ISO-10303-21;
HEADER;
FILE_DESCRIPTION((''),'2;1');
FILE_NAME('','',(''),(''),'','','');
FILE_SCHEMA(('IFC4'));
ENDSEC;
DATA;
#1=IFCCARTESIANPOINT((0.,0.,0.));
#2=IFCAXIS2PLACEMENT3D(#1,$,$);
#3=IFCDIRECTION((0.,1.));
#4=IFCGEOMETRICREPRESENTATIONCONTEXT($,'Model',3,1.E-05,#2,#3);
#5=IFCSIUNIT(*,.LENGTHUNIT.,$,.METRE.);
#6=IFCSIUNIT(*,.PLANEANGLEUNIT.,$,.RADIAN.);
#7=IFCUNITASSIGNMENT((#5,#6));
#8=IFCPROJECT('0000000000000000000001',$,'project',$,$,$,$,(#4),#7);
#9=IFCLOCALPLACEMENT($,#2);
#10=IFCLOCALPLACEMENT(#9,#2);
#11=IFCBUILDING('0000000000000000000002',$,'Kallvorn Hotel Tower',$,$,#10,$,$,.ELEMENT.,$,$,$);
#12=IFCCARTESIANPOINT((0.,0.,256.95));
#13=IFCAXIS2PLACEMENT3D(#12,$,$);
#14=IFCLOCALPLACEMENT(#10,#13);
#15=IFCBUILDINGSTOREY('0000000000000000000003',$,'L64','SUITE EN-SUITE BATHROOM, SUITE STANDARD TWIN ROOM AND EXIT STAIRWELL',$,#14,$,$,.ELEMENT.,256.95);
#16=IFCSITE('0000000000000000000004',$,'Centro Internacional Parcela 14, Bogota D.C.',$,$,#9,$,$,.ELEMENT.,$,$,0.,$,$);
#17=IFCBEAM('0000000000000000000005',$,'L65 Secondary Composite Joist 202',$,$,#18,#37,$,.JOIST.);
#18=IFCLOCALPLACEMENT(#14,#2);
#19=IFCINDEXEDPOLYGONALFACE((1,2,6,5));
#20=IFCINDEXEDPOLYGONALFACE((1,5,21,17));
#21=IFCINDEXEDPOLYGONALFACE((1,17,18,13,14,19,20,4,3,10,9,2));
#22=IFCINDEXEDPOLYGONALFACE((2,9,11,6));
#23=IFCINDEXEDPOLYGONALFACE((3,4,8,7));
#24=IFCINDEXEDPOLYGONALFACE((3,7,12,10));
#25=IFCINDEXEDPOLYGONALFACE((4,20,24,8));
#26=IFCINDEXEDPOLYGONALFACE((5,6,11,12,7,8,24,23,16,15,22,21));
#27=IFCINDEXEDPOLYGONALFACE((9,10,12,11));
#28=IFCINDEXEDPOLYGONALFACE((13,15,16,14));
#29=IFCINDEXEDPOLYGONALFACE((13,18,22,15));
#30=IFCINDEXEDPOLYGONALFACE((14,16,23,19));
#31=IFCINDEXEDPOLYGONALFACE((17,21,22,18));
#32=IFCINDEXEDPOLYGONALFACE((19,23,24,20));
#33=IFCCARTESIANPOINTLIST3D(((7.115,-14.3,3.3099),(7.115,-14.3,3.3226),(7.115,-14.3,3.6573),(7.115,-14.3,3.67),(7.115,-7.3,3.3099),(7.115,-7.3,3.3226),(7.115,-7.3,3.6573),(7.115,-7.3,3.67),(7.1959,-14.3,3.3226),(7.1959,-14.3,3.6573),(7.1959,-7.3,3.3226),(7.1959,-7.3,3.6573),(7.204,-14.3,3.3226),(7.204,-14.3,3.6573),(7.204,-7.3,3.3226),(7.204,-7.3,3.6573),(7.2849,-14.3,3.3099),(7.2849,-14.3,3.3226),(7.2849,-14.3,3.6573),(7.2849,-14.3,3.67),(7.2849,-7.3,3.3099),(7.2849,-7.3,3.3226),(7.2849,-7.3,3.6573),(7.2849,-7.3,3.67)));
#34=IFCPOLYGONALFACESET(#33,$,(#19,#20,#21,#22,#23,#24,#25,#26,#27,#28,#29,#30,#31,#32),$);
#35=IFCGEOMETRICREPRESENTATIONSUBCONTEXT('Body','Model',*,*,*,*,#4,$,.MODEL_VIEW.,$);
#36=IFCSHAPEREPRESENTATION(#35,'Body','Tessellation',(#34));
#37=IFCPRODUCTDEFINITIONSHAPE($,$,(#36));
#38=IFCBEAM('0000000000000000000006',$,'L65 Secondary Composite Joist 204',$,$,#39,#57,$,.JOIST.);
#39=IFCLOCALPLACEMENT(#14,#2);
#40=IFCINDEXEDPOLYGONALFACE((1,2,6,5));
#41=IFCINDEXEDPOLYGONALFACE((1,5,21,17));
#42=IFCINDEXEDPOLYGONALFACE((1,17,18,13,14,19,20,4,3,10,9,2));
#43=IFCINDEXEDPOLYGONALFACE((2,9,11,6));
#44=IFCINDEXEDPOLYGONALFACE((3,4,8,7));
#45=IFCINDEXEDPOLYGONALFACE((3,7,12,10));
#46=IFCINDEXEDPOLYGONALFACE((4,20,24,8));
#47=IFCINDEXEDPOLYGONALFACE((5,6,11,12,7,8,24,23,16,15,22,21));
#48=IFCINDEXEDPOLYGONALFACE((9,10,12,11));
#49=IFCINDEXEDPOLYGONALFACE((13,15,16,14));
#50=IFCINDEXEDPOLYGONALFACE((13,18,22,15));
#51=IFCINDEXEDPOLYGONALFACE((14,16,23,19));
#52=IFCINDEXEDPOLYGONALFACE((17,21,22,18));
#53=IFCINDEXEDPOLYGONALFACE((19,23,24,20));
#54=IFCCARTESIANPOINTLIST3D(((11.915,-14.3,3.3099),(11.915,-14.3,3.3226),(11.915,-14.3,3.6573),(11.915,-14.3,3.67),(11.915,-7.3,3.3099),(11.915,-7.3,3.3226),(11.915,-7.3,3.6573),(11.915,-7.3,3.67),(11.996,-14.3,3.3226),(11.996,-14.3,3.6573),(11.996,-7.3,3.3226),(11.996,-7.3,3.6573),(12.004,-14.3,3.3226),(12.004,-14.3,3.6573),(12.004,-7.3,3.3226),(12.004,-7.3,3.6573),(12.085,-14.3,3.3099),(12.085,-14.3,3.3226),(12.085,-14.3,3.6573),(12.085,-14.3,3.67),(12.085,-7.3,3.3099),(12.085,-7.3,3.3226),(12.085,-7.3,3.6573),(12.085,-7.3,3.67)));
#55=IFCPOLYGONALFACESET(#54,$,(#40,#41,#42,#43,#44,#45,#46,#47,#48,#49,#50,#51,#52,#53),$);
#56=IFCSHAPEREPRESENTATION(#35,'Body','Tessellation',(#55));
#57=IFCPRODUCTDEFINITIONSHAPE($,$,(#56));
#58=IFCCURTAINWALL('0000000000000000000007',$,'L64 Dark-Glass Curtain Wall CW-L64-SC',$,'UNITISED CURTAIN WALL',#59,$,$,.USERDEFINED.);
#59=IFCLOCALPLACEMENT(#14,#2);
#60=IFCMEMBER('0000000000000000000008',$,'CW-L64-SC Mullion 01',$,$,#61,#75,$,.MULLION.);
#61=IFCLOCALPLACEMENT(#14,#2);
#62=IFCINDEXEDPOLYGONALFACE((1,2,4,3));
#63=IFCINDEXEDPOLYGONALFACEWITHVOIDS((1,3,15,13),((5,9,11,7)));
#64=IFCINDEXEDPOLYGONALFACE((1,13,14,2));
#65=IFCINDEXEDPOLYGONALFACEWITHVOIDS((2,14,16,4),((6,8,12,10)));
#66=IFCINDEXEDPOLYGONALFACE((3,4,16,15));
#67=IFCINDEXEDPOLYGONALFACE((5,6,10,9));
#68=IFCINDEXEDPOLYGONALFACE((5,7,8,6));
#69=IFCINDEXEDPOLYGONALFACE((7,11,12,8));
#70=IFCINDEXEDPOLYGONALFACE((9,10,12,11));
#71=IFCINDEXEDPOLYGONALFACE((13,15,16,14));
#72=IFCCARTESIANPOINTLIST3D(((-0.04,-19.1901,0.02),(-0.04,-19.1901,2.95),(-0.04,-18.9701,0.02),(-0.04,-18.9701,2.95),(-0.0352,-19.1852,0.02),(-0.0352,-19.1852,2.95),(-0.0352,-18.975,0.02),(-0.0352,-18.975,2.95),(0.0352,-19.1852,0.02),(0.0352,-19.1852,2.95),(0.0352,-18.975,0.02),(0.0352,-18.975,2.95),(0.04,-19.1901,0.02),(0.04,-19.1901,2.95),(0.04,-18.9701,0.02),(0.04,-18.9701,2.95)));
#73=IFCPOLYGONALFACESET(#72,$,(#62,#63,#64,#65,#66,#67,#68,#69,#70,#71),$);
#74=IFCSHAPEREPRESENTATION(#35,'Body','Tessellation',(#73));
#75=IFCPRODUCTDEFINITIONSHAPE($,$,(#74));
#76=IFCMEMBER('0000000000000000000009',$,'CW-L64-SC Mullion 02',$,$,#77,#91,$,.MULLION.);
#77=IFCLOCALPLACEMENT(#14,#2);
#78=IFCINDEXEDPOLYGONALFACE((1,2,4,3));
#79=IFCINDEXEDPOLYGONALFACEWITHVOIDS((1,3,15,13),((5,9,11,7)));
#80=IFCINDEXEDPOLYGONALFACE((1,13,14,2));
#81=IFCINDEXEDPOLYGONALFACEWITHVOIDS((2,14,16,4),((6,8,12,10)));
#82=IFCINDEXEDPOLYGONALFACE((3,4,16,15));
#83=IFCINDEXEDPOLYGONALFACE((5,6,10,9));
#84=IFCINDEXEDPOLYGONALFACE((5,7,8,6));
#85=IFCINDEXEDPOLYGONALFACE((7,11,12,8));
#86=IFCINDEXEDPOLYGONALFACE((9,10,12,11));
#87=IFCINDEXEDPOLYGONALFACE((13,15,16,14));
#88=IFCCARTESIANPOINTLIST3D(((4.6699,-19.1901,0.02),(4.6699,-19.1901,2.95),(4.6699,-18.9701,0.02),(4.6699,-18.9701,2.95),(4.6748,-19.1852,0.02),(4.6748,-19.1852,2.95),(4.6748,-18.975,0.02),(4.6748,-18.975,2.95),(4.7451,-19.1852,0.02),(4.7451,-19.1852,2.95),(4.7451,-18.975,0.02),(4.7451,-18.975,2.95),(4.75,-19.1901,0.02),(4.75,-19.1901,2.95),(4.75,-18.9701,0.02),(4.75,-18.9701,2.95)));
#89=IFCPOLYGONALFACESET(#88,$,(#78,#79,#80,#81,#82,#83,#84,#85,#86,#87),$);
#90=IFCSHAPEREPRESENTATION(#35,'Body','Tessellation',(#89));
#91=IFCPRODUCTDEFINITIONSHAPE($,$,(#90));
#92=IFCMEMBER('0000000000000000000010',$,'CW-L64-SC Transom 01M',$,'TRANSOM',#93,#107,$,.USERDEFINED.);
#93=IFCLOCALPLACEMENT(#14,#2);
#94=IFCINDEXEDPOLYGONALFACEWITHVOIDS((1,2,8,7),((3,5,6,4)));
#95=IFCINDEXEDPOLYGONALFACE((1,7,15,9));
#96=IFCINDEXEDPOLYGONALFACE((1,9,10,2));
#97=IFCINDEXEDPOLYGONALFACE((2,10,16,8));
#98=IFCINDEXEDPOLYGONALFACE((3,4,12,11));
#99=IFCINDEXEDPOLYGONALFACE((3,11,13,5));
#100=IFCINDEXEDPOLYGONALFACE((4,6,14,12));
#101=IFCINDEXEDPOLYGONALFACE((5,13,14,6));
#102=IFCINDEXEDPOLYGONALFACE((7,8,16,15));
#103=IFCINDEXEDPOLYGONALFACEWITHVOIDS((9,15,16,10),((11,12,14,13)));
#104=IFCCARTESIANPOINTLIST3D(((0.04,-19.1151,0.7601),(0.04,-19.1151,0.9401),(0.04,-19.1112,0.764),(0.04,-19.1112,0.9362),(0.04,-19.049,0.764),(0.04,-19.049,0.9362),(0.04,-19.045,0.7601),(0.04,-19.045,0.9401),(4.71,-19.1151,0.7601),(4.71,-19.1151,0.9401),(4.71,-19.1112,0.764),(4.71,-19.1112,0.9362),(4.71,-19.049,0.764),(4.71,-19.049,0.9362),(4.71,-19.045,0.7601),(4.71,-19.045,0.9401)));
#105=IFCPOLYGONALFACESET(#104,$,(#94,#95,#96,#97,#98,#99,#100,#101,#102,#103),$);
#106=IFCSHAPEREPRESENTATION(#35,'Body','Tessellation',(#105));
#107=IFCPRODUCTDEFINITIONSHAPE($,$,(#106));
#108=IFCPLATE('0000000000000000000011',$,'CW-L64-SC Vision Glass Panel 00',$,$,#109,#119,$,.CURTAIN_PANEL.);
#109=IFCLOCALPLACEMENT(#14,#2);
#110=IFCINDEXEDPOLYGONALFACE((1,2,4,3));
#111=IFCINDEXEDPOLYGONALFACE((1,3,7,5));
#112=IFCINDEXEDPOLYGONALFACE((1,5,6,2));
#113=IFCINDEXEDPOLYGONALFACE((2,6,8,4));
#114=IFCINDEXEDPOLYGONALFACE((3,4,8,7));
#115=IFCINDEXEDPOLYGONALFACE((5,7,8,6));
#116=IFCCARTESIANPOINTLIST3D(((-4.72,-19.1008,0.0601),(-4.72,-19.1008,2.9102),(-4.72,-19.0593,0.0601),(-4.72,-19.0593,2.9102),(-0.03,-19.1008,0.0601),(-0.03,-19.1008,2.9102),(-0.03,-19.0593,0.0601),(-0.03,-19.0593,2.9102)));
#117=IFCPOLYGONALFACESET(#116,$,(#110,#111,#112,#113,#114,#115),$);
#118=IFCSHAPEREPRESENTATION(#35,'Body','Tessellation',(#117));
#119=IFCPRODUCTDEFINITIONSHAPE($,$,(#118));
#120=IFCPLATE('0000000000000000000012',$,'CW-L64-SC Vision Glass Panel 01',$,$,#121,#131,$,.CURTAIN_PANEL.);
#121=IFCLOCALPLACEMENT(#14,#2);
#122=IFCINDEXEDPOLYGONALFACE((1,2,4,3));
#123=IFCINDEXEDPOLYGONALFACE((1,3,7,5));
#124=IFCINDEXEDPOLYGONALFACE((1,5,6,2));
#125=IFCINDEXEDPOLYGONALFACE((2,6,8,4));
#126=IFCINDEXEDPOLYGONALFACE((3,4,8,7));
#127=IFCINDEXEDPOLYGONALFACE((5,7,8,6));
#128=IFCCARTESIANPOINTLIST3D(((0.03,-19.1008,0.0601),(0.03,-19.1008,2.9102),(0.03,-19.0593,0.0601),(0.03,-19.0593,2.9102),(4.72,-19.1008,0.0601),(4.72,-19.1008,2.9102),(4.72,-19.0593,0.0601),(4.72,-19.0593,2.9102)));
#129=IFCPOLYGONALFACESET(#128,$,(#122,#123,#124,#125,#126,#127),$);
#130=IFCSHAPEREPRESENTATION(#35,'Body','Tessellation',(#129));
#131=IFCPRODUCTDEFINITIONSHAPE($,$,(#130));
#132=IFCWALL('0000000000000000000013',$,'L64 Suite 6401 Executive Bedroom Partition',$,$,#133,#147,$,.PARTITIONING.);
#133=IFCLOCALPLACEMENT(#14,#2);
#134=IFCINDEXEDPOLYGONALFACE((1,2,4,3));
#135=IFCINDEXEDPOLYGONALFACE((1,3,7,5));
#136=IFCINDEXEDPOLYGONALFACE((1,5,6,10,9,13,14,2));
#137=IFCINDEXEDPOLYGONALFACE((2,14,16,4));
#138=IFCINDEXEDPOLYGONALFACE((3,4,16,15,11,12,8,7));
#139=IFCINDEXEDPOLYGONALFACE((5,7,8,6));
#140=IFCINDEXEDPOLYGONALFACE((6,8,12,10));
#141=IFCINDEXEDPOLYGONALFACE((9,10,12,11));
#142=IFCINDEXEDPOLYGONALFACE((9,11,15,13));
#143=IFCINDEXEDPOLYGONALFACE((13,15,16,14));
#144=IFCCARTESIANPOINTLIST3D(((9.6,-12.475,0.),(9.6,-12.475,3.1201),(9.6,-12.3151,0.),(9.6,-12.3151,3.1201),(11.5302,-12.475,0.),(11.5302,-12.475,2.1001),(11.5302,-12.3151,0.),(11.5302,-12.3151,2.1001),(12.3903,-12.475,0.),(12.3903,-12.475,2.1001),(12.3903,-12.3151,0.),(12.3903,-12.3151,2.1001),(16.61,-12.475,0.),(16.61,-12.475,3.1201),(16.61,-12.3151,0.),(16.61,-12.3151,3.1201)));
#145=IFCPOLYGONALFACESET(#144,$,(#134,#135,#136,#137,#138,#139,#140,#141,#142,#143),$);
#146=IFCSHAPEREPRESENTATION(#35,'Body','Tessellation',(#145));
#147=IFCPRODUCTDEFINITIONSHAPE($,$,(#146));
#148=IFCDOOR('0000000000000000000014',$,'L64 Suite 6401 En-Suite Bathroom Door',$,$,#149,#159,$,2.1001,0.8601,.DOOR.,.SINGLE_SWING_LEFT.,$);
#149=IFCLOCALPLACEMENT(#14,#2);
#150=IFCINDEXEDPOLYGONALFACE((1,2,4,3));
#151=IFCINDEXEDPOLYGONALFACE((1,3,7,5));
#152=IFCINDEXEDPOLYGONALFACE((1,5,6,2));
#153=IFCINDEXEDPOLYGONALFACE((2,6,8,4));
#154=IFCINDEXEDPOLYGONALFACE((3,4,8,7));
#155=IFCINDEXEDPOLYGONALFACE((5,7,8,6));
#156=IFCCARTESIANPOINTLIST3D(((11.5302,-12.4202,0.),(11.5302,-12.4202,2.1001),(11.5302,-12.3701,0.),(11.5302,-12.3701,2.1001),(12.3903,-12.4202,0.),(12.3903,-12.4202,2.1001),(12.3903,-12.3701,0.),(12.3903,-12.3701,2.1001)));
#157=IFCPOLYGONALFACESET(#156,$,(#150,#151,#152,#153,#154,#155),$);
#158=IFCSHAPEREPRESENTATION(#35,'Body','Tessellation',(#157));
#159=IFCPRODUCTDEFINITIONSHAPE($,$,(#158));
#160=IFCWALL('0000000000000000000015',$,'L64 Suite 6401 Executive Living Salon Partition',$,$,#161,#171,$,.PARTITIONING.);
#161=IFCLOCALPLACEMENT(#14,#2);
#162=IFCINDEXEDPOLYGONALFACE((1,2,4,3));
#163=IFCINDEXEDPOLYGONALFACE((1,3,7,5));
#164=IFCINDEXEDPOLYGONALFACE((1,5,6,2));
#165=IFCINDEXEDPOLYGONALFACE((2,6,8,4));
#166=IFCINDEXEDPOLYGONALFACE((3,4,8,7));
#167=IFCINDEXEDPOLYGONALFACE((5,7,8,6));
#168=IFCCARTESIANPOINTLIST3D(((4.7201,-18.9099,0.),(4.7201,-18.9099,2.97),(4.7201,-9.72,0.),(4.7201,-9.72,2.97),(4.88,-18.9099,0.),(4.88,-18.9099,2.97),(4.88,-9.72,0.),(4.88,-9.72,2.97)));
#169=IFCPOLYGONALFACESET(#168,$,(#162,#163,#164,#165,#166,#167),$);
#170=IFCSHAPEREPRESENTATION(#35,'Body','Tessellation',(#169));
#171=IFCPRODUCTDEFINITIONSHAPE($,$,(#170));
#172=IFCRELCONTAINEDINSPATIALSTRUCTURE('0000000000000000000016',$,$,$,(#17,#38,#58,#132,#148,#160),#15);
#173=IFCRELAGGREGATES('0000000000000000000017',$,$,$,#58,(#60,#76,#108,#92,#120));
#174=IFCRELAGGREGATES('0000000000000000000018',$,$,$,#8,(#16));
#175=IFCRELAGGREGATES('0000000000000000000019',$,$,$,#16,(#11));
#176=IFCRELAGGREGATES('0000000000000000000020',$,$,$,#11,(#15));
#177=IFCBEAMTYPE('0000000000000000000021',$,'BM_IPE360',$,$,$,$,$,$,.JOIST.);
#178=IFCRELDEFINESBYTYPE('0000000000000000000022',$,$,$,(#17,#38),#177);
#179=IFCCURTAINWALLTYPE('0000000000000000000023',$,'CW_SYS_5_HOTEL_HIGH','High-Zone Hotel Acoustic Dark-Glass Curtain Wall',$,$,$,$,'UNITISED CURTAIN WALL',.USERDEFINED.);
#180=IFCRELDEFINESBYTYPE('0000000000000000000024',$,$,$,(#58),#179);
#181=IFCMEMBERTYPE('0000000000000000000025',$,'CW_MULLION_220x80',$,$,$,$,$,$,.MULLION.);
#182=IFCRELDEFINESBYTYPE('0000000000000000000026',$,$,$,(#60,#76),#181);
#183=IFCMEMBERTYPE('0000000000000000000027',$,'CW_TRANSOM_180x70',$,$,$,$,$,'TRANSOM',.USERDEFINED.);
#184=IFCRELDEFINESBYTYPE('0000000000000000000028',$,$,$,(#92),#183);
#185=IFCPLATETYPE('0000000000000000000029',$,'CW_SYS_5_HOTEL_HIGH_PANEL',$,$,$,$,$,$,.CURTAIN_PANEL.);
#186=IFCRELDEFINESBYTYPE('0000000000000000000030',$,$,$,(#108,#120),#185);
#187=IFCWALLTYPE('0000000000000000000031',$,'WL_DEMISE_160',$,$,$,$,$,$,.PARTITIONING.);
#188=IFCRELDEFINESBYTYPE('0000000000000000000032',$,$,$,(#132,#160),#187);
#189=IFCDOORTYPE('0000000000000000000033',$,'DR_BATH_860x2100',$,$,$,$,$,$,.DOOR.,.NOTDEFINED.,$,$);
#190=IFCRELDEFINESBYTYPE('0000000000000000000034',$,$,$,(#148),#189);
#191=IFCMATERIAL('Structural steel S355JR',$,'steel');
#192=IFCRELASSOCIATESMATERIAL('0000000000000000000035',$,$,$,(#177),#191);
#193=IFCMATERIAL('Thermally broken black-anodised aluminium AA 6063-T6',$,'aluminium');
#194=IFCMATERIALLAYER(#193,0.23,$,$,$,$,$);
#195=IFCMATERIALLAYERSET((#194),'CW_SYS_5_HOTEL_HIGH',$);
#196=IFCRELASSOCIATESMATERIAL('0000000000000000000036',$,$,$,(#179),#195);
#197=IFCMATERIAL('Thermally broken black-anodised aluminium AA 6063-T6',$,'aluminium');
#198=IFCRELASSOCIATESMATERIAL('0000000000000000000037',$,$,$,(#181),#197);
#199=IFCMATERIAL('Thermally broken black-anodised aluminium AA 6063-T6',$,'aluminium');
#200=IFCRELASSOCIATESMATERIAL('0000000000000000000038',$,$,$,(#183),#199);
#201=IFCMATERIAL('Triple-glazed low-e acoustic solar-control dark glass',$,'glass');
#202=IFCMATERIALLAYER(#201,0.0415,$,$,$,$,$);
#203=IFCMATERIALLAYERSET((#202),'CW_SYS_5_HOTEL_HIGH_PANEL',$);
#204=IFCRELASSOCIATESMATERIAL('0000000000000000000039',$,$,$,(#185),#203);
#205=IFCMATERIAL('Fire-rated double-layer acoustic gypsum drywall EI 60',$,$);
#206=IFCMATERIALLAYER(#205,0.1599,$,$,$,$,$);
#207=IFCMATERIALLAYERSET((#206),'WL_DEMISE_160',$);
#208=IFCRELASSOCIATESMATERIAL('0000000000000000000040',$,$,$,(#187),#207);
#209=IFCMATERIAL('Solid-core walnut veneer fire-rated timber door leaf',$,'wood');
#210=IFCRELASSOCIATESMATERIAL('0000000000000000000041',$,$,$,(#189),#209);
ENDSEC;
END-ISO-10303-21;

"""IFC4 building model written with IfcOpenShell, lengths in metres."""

from ifc_helpers import new_model, si_unit, direction, frame, frame_2d, origin, origin_2d, place, context, subcontext, project, spatial, rectangle, hollow_rectangle, i_section, extrude, material, layer, layer_set, material_profile, profile_set, type_object, element, fill, aggregate, save


model = new_model("IFC4")

# Units and contexts
model_context = context("Model", 3, precision=1e-05, world=origin(), true_north=direction((0.0, 1.0)))
body_context = subcontext(model_context, "Body", "Model", "MODEL_VIEW")
ifc_project = project(units=[si_unit("LENGTHUNIT", "METRE"), si_unit("PLANEANGLEUNIT", "RADIAN")], contexts=[model_context])

# Site, building, storey
site_placement = place(None, origin())
site = spatial("IfcSite", under=ifc_project, at=site_placement, Name="Centro Internacional Parcela 14, Bogota D.C.", CompositionType="ELEMENT", RefElevation=0.0)
building_placement = place(site_placement, origin())
building = spatial("IfcBuilding", under=site, at=building_placement, Name="Kallvorn Hotel Tower", CompositionType="ELEMENT")
storey_placement = place(building_placement, frame((0.0, 0.0, 256.95)))
storey = spatial("IfcBuildingStorey", under=building, at=storey_placement, Name="L64", Description="SUITE EN-SUITE BATHROOM, SUITE STANDARD TWIN ROOM AND EXIT STAIRWELL", CompositionType="ELEMENT", Elevation=256.95)

# Beams
ifc_material_1 = material(Name="Structural steel S355JR", Category="steel")
ifc_material_profile_1 = material_profile(ifc_material_1, i_section(OverallWidth=0.1699, OverallDepth=0.3601, WebThickness=0.0081, FlangeThickness=0.0127, at=origin_2d()), Name="IPE 360")
ifc_profile_set_1 = profile_set([ifc_material_profile_1], Name="Structural steel S355JR")
beam_type_1 = type_object("IfcBeamType", Name="BM_IPE360", PredefinedType="JOIST", material=ifc_profile_set_1)
for number, where, z_axis, x_axis, name in (
    (1, (7.2, -14.3, 3.49), (0.0, 1.0, 0.0), (-1.0, 0.0, 0.0), "L65 Secondary Composite Joist 202"),
    (2, (12.0, -14.3, 3.49), (0.0, 1.0, 0.0), (-1.0, 0.0, 0.0), "L65 Secondary Composite Joist 204"),
):
    element("IfcBeam", number, at=place(storey_placement, frame(where, z_axis=z_axis, x_axis=x_axis)), inside=storey, type_object=beam_type_1, Name=name, PredefinedType="JOIST", context=body_context, shape_type="SweptSolid", body=[
        extrude(i_section(OverallWidth=0.1699, OverallDepth=0.3601, WebThickness=0.0081, FlangeThickness=0.0127, at=origin_2d()), origin(), (0.0, 0.0, 1.0), 7.0),
    ])

# Curtain wall, members, plates
ifc_material_2 = material(Name="Thermally broken black-anodised aluminium AA 6063-T6", Category="aluminium")
ifc_layer_1 = layer(ifc_material_2, 0.23)
ifc_layer_set_1 = layer_set([ifc_layer_1], Name="CW_SYS_5_HOTEL_HIGH")
curtain_wall_type = type_object("IfcCurtainWallType", Name="CW_SYS_5_HOTEL_HIGH", Description="High-Zone Hotel Acoustic Dark-Glass Curtain Wall", ElementType="UNITISED CURTAIN WALL", PredefinedType="USERDEFINED", material=ifc_layer_set_1)
curtain_wall_placement = place(storey_placement, origin())
curtain_wall = element("IfcCurtainWall", 3, at=curtain_wall_placement, inside=storey, type_object=curtain_wall_type, Name="L64 Dark-Glass Curtain Wall CW-L64-SC", ObjectType="UNITISED CURTAIN WALL", PredefinedType="USERDEFINED")
ifc_material_3 = material(Name="Thermally broken black-anodised aluminium AA 6063-T6", Category="aluminium")
ifc_material_profile_2 = material_profile(ifc_material_3, hollow_rectangle(XDim=0.0801, YDim=0.22, WallThickness=0.0049, at=origin_2d()), Name="MUL 220x80")
ifc_profile_set_2 = profile_set([ifc_material_profile_2], Name="Thermally broken black-anodised aluminium AA 6063-T6")
member_type_1 = type_object("IfcMemberType", Name="CW_MULLION_220x80", PredefinedType="MULLION", material=ifc_profile_set_2)
member_1_placement = place(storey_placement, frame((0.0, -19.0801, 0.02), z_axis=(0.0, 0.0, 1.0), x_axis=(1.0, 0.0, 0.0)))
member_1 = element("IfcMember", 4, at=member_1_placement, type_object=member_type_1, Name="CW-L64-SC Mullion 01", PredefinedType="MULLION", context=body_context, shape_type="SweptSolid", body=[
    extrude(hollow_rectangle(XDim=0.0801, YDim=0.22, WallThickness=0.0049, at=origin_2d()), origin(), (0.0, 0.0, 1.0), 2.9299),
])
member_2_placement = place(storey_placement, frame((4.71, -19.0801, 0.02), z_axis=(0.0, 0.0, 1.0), x_axis=(1.0, 0.0, 0.0)))
member_2 = element("IfcMember", 5, at=member_2_placement, type_object=member_type_1, Name="CW-L64-SC Mullion 02", PredefinedType="MULLION", context=body_context, shape_type="SweptSolid", body=[
    extrude(hollow_rectangle(XDim=0.0801, YDim=0.22, WallThickness=0.0049, at=origin_2d()), origin(), (0.0, 0.0, 1.0), 2.9299),
])
ifc_material_4 = material(Name="Thermally broken black-anodised aluminium AA 6063-T6", Category="aluminium")
ifc_material_profile_3 = material_profile(ifc_material_4, hollow_rectangle(XDim=0.0701, YDim=0.1799, WallThickness=0.0039, at=origin_2d()), Name="TRN 180x70")
ifc_profile_set_3 = profile_set([ifc_material_profile_3], Name="Thermally broken black-anodised aluminium AA 6063-T6")
member_type_2 = type_object("IfcMemberType", Name="CW_TRANSOM_180x70", ElementType="TRANSOM", PredefinedType="USERDEFINED", material=ifc_profile_set_3)
member_3_placement = place(storey_placement, frame((0.04, -19.0801, 0.8501), z_axis=(1.0, 0.0, 0.0), x_axis=(0.0, 1.0, 0.0)))
member_3 = element("IfcMember", 6, at=member_3_placement, type_object=member_type_2, Name="CW-L64-SC Transom 01M", ObjectType="TRANSOM", PredefinedType="USERDEFINED", context=body_context, shape_type="SweptSolid", body=[
    extrude(hollow_rectangle(XDim=0.0701, YDim=0.1799, WallThickness=0.0039, at=origin_2d()), origin(), (0.0, 0.0, 1.0), 4.6699),
])
ifc_material_5 = material(Name="Triple-glazed low-e acoustic solar-control dark glass", Category="glass")
ifc_layer_2 = layer(ifc_material_5, 0.0415)
ifc_layer_set_2 = layer_set([ifc_layer_2], Name="CW_SYS_5_HOTEL_HIGH_PANEL")
plate_type = type_object("IfcPlateType", Name="CW_SYS_5_HOTEL_HIGH_PANEL", PredefinedType="CURTAIN_PANEL", material=ifc_layer_set_2)
plate_1_placement = place(storey_placement, frame((-2.375, -19.0801, 0.0601), z_axis=(0.0, 0.0, 1.0), x_axis=(1.0, 0.0, 0.0)))
plate_1 = element("IfcPlate", 7, at=plate_1_placement, type_object=plate_type, Name="CW-L64-SC Vision Glass Panel 00", PredefinedType="CURTAIN_PANEL", context=body_context, shape_type="SweptSolid", body=[
    extrude(rectangle(XDim=4.6899, YDim=0.0415, at=origin_2d()), origin(), (0.0, 0.0, 1.0), 2.8501),
])
plate_2_placement = place(storey_placement, frame((2.375, -19.0801, 0.0601), z_axis=(0.0, 0.0, 1.0), x_axis=(1.0, 0.0, 0.0)))
plate_2 = element("IfcPlate", 8, at=plate_2_placement, type_object=plate_type, Name="CW-L64-SC Vision Glass Panel 01", PredefinedType="CURTAIN_PANEL", context=body_context, shape_type="SweptSolid", body=[
    extrude(rectangle(XDim=4.6899, YDim=0.0415, at=origin_2d()), origin(), (0.0, 0.0, 1.0), 2.8501),
])
aggregate(curtain_wall, [member_1, member_2, plate_1, member_3, plate_2])

# Wall, opening, door
ifc_material_6 = material(Name="Fire-rated double-layer acoustic gypsum drywall EI 60")
ifc_layer_3 = layer(ifc_material_6, 0.1599)
ifc_layer_set_3 = layer_set([ifc_layer_3], Name="WL_DEMISE_160")
wall_type_1 = type_object("IfcWallType", Name="WL_DEMISE_160", PredefinedType="PARTITIONING", material=ifc_layer_set_3)
wall_1_placement = place(storey_placement, frame((9.6001, -12.395, 0.0), z_axis=(0.0, 0.0, 1.0), x_axis=(1.0, 0.0, 0.0)))
wall_1 = element("IfcWall", 9, at=wall_1_placement, inside=storey, type_object=wall_type_1, Name="L64 Suite 6401 Executive Bedroom Partition", PredefinedType="PARTITIONING", context=body_context, shape_type="SweptSolid", body=[
    extrude(rectangle(XDim=7.01, YDim=0.1599, at=frame_2d((3.5049, 0.0))), origin(), (0.0, 0.0, 1.0), 3.1201),
])
opening_1_placement = place(wall_1_placement, frame((1.9299, 0.0, 0.0)))
opening_1 = element("IfcOpeningElement", 10, at=opening_1_placement, cuts=wall_1, PredefinedType="OPENING", context=body_context, shape_type="SweptSolid", body=[
    extrude(rectangle(XDim=0.8601, YDim=2.1001, at=frame_2d((0.4302, 1.05))), frame((0.0, 0.095, 0.0), z_axis=(0.0, -1.0, 0.0), x_axis=(1.0, 0.0, 0.0)), (0.0, 0.0, 1.0), 0.1899),
])
ifc_material_7 = material(Name="Solid-core walnut veneer fire-rated timber door leaf", Category="wood")
door_type_1 = type_object("IfcDoorType", Name="DR_BATH_860x2100", OperationType="NOTDEFINED", PredefinedType="DOOR", material=ifc_material_7)
door_1_placement = place(opening_1_placement, origin())
door_1 = element("IfcDoor", 11, at=door_1_placement, inside=storey, type_object=door_type_1, Name="L64 Suite 6401 En-Suite Bathroom Door", OperationType="SINGLE_SWING_LEFT", OverallHeight=2.1001, OverallWidth=0.8601, PredefinedType="DOOR", context=body_context, shape_type="SweptSolid", body=[
    extrude(rectangle(XDim=0.8601, YDim=2.1001, at=frame_2d((0.4302, 1.05))), frame((0.0, 0.0249, 0.0), z_axis=(0.0, -1.0, 0.0), x_axis=(1.0, 0.0, 0.0)), (0.0, 0.0, 1.0), 0.05),
])
fill(opening_1, door_1)

# Wall
wall_2_placement = place(storey_placement, frame((4.8, -18.9099, 0.0), z_axis=(0.0, 0.0, 1.0), x_axis=(0.0, 1.0, 0.0)))
element("IfcWall", 12, at=wall_2_placement, inside=storey, type_object=wall_type_1, Name="L64 Suite 6401 Executive Living Salon Partition", PredefinedType="PARTITIONING", context=body_context, shape_type="SweptSolid", body=[
    extrude(rectangle(XDim=9.1899, YDim=0.1599, at=frame_2d((4.595, 0.0))), origin(), (0.0, 0.0, 1.0), 2.97),
])

save(model, "model.ifc")
